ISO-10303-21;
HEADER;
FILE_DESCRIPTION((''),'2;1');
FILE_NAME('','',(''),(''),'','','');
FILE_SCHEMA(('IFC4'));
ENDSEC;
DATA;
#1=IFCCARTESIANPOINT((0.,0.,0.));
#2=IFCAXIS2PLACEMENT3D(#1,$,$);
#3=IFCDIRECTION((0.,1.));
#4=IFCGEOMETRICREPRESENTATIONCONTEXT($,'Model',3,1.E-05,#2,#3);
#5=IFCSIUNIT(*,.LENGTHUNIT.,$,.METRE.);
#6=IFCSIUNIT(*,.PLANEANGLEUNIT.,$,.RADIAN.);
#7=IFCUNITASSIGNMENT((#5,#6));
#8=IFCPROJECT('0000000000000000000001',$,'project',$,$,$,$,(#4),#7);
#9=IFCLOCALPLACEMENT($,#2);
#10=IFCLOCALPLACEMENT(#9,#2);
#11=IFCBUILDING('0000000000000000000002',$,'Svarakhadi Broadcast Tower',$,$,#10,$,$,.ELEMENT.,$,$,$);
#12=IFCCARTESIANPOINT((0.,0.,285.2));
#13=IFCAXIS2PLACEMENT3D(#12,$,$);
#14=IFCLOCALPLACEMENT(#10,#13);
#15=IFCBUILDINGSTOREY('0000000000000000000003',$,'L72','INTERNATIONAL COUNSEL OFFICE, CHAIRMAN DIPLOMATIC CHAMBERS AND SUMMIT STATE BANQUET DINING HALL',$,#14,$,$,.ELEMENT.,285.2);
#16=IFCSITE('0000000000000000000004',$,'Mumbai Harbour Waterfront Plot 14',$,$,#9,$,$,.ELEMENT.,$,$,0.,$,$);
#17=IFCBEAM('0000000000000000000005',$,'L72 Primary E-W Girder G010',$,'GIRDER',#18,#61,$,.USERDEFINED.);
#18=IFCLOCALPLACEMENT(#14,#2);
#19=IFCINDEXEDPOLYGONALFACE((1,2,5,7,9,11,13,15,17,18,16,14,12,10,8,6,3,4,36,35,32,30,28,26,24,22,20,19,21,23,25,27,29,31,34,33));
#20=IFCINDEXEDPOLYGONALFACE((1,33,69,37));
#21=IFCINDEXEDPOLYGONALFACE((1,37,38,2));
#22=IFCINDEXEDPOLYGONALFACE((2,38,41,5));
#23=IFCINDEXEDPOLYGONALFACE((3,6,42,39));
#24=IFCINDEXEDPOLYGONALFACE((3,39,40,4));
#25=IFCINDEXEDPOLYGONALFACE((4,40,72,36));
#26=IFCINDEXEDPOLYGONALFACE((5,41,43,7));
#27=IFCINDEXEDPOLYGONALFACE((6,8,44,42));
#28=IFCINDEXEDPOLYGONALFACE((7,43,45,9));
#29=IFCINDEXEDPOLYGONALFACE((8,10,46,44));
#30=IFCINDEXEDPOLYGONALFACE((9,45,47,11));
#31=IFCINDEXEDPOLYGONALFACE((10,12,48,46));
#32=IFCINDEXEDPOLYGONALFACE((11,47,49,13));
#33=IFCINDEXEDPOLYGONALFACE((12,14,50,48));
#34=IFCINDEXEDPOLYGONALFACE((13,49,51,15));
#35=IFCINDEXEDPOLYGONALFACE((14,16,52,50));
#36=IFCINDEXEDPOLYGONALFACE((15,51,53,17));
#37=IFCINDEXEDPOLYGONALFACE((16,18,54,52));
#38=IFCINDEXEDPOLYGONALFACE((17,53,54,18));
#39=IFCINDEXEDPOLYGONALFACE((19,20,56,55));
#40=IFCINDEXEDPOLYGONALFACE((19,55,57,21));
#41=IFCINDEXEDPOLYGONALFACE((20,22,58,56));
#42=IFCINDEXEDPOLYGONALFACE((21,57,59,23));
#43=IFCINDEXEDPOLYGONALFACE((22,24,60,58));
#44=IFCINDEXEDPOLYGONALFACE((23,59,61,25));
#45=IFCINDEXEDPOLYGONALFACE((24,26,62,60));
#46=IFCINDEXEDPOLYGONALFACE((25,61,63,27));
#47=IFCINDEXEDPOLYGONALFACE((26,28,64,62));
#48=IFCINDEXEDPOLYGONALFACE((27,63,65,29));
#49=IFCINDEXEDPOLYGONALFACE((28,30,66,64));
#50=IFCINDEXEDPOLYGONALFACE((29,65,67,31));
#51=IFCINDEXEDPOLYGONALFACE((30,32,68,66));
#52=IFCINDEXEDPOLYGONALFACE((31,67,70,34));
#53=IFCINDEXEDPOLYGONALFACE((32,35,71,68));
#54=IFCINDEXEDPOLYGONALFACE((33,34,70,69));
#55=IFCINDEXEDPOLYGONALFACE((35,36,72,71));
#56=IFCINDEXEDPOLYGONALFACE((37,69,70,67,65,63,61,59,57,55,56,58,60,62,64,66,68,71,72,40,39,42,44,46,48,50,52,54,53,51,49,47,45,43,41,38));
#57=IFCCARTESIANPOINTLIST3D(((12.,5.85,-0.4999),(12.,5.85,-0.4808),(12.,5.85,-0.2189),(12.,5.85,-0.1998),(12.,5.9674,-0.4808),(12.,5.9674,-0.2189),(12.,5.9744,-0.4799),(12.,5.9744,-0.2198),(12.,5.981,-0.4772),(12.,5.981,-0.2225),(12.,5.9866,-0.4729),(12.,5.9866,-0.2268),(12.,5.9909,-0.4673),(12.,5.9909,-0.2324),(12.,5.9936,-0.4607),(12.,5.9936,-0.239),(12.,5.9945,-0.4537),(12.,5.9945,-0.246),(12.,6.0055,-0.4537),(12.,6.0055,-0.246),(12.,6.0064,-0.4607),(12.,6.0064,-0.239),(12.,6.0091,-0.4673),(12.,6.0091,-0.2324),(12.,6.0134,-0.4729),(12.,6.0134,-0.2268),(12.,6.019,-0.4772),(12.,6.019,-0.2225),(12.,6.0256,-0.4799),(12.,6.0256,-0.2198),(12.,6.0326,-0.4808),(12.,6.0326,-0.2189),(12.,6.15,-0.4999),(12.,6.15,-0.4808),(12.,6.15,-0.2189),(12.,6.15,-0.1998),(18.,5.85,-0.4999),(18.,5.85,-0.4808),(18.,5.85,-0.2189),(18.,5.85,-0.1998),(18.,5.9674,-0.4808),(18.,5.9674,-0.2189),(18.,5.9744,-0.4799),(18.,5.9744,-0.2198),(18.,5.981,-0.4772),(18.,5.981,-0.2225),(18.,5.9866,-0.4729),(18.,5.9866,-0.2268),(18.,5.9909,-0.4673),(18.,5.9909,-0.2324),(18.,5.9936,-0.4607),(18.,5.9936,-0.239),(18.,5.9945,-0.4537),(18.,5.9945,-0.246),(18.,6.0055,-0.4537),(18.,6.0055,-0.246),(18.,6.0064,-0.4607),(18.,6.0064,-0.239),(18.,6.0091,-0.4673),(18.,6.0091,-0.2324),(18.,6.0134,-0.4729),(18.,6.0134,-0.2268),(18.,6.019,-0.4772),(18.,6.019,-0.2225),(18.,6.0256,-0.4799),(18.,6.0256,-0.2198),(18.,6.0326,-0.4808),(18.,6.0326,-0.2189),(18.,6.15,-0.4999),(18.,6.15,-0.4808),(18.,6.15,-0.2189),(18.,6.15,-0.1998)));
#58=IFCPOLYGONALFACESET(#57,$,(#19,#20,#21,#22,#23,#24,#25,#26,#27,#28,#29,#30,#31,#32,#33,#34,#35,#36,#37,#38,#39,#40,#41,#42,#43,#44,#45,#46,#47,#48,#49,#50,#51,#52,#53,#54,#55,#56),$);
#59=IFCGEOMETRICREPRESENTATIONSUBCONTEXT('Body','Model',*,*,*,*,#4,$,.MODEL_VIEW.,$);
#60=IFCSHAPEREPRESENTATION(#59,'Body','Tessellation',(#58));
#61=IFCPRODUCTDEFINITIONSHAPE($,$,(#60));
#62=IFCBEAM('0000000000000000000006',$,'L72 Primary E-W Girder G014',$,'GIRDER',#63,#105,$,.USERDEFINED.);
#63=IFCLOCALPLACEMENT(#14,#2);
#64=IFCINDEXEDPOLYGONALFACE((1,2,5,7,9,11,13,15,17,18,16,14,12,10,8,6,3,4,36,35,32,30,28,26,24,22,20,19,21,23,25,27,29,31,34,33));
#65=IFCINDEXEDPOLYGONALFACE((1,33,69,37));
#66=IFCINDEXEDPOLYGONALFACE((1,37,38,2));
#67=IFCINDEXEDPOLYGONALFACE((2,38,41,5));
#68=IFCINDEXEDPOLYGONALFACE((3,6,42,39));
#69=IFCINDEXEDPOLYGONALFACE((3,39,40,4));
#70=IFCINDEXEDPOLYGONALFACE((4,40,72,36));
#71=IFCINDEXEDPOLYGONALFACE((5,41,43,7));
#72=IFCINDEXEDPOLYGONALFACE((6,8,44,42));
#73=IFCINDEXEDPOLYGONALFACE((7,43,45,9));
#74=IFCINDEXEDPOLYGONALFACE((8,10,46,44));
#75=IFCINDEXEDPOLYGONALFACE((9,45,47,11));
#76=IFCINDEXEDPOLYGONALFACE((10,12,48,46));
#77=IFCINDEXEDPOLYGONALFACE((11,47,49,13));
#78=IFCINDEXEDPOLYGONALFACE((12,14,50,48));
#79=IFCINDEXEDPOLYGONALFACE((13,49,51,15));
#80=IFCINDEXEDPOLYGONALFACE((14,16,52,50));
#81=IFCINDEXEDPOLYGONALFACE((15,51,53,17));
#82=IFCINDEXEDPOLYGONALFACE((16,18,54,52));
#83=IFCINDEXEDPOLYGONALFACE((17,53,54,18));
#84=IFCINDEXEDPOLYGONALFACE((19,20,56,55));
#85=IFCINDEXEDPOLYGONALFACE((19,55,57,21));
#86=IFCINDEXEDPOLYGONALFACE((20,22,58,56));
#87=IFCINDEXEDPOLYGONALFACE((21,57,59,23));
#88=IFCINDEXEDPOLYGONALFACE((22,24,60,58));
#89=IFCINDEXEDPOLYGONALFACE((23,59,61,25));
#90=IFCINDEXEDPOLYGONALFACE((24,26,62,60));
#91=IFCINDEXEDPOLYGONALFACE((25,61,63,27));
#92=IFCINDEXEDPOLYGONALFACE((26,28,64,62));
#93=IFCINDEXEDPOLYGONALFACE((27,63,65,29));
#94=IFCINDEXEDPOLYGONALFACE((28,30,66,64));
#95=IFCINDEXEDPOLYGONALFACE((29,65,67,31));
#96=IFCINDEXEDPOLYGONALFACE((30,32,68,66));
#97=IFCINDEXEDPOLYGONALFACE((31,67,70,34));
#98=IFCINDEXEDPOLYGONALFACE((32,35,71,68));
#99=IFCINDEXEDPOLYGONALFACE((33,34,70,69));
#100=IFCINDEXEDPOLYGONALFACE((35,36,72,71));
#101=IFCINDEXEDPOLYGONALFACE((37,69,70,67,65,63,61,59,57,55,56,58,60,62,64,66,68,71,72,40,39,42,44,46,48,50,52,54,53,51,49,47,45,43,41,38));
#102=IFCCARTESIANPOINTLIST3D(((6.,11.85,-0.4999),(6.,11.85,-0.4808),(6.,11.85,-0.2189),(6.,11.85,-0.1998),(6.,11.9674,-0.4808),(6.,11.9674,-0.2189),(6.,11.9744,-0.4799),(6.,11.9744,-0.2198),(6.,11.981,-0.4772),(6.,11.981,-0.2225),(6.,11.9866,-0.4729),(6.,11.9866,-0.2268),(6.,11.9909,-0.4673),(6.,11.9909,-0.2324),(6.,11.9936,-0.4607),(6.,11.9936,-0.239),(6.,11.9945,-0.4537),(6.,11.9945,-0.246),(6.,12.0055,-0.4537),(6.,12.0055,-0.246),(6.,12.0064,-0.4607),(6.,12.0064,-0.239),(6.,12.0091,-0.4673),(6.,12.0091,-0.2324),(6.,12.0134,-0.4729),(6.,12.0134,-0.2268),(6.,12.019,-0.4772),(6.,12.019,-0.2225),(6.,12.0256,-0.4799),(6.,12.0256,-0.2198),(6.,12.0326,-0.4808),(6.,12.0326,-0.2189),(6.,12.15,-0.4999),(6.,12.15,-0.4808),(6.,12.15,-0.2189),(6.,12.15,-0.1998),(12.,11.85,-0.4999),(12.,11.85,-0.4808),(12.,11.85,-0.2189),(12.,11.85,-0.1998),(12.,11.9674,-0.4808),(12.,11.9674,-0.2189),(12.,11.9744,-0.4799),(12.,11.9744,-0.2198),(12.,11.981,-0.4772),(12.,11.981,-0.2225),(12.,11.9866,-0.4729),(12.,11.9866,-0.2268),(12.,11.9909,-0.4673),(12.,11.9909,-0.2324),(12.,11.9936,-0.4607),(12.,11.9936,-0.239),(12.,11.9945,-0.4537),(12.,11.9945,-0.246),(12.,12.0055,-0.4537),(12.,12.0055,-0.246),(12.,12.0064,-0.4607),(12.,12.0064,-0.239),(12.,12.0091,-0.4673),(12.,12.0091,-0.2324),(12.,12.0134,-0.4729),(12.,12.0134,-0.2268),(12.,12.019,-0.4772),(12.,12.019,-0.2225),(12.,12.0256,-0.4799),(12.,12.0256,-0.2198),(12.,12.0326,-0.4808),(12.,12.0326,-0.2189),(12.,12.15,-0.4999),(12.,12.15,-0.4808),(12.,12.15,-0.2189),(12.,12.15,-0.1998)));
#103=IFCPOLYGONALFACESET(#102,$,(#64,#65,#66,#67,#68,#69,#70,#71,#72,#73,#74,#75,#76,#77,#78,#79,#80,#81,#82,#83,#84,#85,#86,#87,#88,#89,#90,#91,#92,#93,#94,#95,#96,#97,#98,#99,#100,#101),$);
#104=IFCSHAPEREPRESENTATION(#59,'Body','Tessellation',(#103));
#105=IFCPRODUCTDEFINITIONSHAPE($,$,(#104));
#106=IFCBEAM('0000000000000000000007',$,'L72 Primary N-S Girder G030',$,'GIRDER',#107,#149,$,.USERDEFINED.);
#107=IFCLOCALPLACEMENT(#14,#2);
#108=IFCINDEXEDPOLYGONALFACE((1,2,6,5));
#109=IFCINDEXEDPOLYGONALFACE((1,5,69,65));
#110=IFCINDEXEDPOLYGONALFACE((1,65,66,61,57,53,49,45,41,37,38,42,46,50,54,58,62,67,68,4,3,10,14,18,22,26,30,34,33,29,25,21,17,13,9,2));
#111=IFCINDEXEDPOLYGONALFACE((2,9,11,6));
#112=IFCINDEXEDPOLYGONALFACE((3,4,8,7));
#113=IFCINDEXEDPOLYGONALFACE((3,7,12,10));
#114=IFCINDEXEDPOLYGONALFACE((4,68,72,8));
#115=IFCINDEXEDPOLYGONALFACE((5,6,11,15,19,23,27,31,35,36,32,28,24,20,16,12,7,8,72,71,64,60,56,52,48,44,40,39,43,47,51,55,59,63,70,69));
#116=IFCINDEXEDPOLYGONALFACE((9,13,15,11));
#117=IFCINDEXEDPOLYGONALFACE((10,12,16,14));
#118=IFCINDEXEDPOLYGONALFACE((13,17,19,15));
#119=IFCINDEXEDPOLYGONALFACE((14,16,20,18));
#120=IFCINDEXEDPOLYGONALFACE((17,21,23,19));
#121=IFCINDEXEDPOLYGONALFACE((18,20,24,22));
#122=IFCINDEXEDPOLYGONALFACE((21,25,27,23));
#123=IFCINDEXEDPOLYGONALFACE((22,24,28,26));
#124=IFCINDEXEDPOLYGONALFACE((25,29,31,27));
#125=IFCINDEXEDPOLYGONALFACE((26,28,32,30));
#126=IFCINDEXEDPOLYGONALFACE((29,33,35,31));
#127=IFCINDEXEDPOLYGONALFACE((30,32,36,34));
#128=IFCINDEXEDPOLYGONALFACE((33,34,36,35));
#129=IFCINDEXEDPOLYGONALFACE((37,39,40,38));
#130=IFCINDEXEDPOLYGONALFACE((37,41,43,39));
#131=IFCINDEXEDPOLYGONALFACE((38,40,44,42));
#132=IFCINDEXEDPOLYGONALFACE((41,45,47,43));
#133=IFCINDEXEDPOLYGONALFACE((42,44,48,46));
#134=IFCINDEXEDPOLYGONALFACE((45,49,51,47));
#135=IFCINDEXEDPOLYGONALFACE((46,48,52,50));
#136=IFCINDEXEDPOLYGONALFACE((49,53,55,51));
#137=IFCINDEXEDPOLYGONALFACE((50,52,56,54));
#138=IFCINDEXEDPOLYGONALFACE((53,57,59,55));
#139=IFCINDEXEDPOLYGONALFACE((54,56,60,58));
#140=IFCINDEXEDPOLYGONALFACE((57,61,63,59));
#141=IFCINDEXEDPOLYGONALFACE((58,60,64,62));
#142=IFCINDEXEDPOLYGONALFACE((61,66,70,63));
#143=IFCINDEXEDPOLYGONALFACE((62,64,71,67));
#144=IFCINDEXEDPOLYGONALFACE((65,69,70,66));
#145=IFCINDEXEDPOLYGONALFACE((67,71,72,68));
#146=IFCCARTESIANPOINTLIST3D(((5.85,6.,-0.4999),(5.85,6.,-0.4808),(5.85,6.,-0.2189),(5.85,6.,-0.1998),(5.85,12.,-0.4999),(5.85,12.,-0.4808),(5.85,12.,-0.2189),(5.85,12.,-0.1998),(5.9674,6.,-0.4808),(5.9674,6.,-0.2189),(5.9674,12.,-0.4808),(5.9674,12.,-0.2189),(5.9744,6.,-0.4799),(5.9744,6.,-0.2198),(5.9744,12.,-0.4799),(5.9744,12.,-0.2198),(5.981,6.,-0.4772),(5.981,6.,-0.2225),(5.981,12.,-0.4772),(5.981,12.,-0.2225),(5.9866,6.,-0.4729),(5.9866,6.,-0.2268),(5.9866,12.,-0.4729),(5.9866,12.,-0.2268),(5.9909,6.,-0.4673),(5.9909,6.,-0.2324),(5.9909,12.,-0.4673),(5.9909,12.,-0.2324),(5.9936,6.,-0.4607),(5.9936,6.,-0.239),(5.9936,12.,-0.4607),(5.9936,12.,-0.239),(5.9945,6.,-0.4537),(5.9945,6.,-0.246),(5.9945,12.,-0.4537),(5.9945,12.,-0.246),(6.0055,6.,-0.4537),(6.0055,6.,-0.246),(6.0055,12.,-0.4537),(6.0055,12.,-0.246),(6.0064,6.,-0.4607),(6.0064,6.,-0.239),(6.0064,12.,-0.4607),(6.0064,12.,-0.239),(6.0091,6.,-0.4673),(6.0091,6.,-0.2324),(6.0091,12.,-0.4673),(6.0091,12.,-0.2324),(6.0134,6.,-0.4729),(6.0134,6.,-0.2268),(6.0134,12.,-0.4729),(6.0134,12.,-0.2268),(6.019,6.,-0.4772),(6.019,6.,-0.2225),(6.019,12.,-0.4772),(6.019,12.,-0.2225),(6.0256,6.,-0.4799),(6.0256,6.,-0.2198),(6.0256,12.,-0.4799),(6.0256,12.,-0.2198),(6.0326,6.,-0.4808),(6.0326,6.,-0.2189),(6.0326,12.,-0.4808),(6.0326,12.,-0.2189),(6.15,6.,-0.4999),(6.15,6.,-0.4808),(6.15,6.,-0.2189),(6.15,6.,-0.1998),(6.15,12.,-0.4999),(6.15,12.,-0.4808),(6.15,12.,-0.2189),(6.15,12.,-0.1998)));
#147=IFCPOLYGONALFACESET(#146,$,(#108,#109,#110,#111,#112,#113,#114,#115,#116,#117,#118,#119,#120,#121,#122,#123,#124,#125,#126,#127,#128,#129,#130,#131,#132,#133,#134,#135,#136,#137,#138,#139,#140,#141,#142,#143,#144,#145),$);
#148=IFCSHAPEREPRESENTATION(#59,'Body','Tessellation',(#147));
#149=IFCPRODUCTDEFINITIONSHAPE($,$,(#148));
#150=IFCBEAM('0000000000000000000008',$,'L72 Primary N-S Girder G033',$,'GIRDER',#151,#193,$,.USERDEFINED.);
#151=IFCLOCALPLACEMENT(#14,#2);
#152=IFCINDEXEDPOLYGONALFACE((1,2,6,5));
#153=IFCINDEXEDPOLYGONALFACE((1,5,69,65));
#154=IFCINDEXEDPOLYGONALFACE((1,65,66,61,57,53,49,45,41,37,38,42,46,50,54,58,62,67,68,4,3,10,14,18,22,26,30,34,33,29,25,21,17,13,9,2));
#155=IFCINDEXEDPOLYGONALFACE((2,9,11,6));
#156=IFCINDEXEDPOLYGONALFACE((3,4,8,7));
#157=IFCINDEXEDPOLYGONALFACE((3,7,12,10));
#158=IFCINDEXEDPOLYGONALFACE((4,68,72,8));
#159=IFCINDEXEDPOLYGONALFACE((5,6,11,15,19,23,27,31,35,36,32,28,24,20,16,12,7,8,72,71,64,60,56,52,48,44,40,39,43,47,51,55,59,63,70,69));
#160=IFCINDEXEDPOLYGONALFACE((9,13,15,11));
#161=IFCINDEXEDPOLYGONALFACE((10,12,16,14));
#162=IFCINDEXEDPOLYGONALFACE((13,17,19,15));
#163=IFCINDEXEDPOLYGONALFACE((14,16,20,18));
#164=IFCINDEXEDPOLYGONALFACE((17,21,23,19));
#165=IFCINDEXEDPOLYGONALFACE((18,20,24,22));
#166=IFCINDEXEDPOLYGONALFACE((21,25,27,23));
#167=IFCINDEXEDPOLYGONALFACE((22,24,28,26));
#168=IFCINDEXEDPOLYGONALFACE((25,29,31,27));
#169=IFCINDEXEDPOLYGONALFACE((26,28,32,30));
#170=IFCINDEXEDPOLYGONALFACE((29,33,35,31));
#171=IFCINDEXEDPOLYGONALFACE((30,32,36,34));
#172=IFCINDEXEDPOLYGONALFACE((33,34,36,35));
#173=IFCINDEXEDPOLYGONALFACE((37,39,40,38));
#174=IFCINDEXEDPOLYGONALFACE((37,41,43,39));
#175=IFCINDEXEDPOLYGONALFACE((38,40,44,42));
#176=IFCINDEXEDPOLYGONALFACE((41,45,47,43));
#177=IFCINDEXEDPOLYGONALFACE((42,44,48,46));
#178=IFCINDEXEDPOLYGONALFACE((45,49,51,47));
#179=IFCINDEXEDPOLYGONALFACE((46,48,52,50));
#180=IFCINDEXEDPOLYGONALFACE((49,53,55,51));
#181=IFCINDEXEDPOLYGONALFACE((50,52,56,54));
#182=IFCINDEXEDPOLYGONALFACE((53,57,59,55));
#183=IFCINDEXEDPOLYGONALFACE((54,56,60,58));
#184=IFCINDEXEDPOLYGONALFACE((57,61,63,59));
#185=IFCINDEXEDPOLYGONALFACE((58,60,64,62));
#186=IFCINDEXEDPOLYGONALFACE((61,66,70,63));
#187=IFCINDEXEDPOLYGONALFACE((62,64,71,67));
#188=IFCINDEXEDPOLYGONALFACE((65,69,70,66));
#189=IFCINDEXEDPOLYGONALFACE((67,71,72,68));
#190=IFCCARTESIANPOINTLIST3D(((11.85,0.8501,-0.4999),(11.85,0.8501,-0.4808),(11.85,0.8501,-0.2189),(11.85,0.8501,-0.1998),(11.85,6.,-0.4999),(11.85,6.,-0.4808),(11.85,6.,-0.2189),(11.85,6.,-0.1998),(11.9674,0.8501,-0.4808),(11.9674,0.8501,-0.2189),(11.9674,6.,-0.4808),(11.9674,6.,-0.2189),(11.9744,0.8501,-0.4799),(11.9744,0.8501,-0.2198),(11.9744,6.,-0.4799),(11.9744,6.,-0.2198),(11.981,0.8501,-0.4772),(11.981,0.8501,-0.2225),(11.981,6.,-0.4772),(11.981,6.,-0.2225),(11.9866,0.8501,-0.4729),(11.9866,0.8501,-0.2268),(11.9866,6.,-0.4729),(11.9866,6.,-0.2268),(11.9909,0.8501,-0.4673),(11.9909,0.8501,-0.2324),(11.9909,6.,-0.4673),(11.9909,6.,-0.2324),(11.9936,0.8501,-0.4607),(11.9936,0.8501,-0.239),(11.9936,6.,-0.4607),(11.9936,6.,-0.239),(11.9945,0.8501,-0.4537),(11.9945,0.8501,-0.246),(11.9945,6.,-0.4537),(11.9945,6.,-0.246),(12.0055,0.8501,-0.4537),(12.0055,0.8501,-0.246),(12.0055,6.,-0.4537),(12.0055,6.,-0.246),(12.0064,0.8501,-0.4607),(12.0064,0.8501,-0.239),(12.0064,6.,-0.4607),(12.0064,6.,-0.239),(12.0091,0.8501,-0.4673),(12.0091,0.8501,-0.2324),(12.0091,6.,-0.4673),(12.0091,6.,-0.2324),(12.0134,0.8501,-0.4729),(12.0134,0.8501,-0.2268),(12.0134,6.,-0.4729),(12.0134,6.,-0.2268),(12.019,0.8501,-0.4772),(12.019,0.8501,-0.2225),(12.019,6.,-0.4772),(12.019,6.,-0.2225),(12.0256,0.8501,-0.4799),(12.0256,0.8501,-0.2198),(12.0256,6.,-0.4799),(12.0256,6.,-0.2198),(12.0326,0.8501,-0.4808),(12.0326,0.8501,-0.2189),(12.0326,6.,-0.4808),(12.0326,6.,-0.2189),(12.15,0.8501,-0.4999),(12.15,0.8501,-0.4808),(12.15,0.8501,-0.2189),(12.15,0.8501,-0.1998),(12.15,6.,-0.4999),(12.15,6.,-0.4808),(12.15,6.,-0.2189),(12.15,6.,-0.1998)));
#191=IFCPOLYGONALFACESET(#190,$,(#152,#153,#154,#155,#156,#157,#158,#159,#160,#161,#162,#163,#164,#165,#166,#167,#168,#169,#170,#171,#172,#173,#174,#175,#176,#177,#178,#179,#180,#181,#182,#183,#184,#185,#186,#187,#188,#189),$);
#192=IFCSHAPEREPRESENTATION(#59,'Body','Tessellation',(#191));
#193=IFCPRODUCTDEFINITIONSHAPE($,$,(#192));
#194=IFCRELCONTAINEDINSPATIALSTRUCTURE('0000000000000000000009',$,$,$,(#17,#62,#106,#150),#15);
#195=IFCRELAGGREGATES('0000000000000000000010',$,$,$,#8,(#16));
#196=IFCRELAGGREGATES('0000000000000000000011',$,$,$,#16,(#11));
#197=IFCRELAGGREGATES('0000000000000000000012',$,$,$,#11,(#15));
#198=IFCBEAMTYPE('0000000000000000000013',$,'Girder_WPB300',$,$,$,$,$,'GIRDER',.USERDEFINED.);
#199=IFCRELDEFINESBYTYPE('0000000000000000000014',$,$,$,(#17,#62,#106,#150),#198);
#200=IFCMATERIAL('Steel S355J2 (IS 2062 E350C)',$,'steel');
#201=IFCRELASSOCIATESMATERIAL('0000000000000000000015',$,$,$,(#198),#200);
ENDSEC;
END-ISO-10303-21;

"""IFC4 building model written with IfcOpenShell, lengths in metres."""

from ifc_helpers import new_model, si_unit, direction, frame, origin, origin_2d, place, context, subcontext, project, spatial, i_section, extrude, material, material_profile, profile_set, type_object, element, save


model = new_model("IFC4")

# Units and contexts
model_context = context("Model", 3, precision=1e-05, world=origin(), true_north=direction((0.0, 1.0)))
body_context = subcontext(model_context, "Body", "Model", "MODEL_VIEW")
ifc_project = project(units=[si_unit("LENGTHUNIT", "METRE"), si_unit("PLANEANGLEUNIT", "RADIAN")], contexts=[model_context])

# Site, building, storey
site_placement = place(None, origin())
site = spatial("IfcSite", under=ifc_project, at=site_placement, Name="Mumbai Harbour Waterfront Plot 14", CompositionType="ELEMENT", RefElevation=0.0)
building_placement = place(site_placement, origin())
building = spatial("IfcBuilding", under=site, at=building_placement, Name="Svarakhadi Broadcast Tower", CompositionType="ELEMENT")
storey_placement = place(building_placement, frame((0.0, 0.0, 285.2)))
storey = spatial("IfcBuildingStorey", under=building, at=storey_placement, Name="L72", Description="INTERNATIONAL COUNSEL OFFICE, CHAIRMAN DIPLOMATIC CHAMBERS AND SUMMIT STATE BANQUET DINING HALL", CompositionType="ELEMENT", Elevation=285.2)

# Beams
ifc_material_1 = material(Name="Steel S355J2 (IS 2062 E350C)", Category="steel")
ifc_material_profile_1 = material_profile(ifc_material_1, i_section(OverallWidth=0.3, OverallDepth=0.3, WebThickness=0.011, FlangeThickness=0.019, FilletRadius=0.0271, at=origin_2d()), Name="WPB 300x300x117")
ifc_profile_set_1 = profile_set([ifc_material_profile_1], Name="Steel S355J2 (IS 2062 E350C)")
beam_type_1 = type_object("IfcBeamType", Name="Girder_WPB300", ElementType="GIRDER", PredefinedType="USERDEFINED", material=ifc_profile_set_1)
for number, where, z_axis, x_axis, name in (
    (1, (12.0, 6.0, -0.3499), (1.0, 0.0, 0.0), (0.0, 1.0, 0.0), "L72 Primary E-W Girder G010"),
    (2, (6.0, 12.0, -0.3499), (1.0, 0.0, 0.0), (0.0, 1.0, 0.0), "L72 Primary E-W Girder G014"),
    (3, (6.0, 6.0, -0.3499), (0.0, 1.0, 0.0), (-1.0, 0.0, 0.0), "L72 Primary N-S Girder G030"),
):
    element("IfcBeam", number, at=place(storey_placement, frame(where, z_axis=z_axis, x_axis=x_axis)), inside=storey, type_object=beam_type_1, Name=name, ObjectType="GIRDER", PredefinedType="USERDEFINED", context=body_context, shape_type="SweptSolid", body=[
        extrude(i_section(OverallWidth=0.3, OverallDepth=0.3, WebThickness=0.011, FlangeThickness=0.019, FilletRadius=0.0271, at=origin_2d()), origin(), (0.0, 0.0, 1.0), 6.0),
    ])
beam_1_placement = place(storey_placement, frame((12.0, 0.8501, -0.3499), z_axis=(0.0, 1.0, 0.0), x_axis=(-1.0, 0.0, 0.0)))
element("IfcBeam", 4, at=beam_1_placement, inside=storey, type_object=beam_type_1, Name="L72 Primary N-S Girder G033", ObjectType="GIRDER", PredefinedType="USERDEFINED", context=body_context, shape_type="SweptSolid", body=[
    extrude(i_section(OverallWidth=0.3, OverallDepth=0.3, WebThickness=0.011, FlangeThickness=0.019, FilletRadius=0.0271, at=origin_2d()), origin(), (0.0, 0.0, 1.0), 5.1499),
])

save(model, "model.ifc")
